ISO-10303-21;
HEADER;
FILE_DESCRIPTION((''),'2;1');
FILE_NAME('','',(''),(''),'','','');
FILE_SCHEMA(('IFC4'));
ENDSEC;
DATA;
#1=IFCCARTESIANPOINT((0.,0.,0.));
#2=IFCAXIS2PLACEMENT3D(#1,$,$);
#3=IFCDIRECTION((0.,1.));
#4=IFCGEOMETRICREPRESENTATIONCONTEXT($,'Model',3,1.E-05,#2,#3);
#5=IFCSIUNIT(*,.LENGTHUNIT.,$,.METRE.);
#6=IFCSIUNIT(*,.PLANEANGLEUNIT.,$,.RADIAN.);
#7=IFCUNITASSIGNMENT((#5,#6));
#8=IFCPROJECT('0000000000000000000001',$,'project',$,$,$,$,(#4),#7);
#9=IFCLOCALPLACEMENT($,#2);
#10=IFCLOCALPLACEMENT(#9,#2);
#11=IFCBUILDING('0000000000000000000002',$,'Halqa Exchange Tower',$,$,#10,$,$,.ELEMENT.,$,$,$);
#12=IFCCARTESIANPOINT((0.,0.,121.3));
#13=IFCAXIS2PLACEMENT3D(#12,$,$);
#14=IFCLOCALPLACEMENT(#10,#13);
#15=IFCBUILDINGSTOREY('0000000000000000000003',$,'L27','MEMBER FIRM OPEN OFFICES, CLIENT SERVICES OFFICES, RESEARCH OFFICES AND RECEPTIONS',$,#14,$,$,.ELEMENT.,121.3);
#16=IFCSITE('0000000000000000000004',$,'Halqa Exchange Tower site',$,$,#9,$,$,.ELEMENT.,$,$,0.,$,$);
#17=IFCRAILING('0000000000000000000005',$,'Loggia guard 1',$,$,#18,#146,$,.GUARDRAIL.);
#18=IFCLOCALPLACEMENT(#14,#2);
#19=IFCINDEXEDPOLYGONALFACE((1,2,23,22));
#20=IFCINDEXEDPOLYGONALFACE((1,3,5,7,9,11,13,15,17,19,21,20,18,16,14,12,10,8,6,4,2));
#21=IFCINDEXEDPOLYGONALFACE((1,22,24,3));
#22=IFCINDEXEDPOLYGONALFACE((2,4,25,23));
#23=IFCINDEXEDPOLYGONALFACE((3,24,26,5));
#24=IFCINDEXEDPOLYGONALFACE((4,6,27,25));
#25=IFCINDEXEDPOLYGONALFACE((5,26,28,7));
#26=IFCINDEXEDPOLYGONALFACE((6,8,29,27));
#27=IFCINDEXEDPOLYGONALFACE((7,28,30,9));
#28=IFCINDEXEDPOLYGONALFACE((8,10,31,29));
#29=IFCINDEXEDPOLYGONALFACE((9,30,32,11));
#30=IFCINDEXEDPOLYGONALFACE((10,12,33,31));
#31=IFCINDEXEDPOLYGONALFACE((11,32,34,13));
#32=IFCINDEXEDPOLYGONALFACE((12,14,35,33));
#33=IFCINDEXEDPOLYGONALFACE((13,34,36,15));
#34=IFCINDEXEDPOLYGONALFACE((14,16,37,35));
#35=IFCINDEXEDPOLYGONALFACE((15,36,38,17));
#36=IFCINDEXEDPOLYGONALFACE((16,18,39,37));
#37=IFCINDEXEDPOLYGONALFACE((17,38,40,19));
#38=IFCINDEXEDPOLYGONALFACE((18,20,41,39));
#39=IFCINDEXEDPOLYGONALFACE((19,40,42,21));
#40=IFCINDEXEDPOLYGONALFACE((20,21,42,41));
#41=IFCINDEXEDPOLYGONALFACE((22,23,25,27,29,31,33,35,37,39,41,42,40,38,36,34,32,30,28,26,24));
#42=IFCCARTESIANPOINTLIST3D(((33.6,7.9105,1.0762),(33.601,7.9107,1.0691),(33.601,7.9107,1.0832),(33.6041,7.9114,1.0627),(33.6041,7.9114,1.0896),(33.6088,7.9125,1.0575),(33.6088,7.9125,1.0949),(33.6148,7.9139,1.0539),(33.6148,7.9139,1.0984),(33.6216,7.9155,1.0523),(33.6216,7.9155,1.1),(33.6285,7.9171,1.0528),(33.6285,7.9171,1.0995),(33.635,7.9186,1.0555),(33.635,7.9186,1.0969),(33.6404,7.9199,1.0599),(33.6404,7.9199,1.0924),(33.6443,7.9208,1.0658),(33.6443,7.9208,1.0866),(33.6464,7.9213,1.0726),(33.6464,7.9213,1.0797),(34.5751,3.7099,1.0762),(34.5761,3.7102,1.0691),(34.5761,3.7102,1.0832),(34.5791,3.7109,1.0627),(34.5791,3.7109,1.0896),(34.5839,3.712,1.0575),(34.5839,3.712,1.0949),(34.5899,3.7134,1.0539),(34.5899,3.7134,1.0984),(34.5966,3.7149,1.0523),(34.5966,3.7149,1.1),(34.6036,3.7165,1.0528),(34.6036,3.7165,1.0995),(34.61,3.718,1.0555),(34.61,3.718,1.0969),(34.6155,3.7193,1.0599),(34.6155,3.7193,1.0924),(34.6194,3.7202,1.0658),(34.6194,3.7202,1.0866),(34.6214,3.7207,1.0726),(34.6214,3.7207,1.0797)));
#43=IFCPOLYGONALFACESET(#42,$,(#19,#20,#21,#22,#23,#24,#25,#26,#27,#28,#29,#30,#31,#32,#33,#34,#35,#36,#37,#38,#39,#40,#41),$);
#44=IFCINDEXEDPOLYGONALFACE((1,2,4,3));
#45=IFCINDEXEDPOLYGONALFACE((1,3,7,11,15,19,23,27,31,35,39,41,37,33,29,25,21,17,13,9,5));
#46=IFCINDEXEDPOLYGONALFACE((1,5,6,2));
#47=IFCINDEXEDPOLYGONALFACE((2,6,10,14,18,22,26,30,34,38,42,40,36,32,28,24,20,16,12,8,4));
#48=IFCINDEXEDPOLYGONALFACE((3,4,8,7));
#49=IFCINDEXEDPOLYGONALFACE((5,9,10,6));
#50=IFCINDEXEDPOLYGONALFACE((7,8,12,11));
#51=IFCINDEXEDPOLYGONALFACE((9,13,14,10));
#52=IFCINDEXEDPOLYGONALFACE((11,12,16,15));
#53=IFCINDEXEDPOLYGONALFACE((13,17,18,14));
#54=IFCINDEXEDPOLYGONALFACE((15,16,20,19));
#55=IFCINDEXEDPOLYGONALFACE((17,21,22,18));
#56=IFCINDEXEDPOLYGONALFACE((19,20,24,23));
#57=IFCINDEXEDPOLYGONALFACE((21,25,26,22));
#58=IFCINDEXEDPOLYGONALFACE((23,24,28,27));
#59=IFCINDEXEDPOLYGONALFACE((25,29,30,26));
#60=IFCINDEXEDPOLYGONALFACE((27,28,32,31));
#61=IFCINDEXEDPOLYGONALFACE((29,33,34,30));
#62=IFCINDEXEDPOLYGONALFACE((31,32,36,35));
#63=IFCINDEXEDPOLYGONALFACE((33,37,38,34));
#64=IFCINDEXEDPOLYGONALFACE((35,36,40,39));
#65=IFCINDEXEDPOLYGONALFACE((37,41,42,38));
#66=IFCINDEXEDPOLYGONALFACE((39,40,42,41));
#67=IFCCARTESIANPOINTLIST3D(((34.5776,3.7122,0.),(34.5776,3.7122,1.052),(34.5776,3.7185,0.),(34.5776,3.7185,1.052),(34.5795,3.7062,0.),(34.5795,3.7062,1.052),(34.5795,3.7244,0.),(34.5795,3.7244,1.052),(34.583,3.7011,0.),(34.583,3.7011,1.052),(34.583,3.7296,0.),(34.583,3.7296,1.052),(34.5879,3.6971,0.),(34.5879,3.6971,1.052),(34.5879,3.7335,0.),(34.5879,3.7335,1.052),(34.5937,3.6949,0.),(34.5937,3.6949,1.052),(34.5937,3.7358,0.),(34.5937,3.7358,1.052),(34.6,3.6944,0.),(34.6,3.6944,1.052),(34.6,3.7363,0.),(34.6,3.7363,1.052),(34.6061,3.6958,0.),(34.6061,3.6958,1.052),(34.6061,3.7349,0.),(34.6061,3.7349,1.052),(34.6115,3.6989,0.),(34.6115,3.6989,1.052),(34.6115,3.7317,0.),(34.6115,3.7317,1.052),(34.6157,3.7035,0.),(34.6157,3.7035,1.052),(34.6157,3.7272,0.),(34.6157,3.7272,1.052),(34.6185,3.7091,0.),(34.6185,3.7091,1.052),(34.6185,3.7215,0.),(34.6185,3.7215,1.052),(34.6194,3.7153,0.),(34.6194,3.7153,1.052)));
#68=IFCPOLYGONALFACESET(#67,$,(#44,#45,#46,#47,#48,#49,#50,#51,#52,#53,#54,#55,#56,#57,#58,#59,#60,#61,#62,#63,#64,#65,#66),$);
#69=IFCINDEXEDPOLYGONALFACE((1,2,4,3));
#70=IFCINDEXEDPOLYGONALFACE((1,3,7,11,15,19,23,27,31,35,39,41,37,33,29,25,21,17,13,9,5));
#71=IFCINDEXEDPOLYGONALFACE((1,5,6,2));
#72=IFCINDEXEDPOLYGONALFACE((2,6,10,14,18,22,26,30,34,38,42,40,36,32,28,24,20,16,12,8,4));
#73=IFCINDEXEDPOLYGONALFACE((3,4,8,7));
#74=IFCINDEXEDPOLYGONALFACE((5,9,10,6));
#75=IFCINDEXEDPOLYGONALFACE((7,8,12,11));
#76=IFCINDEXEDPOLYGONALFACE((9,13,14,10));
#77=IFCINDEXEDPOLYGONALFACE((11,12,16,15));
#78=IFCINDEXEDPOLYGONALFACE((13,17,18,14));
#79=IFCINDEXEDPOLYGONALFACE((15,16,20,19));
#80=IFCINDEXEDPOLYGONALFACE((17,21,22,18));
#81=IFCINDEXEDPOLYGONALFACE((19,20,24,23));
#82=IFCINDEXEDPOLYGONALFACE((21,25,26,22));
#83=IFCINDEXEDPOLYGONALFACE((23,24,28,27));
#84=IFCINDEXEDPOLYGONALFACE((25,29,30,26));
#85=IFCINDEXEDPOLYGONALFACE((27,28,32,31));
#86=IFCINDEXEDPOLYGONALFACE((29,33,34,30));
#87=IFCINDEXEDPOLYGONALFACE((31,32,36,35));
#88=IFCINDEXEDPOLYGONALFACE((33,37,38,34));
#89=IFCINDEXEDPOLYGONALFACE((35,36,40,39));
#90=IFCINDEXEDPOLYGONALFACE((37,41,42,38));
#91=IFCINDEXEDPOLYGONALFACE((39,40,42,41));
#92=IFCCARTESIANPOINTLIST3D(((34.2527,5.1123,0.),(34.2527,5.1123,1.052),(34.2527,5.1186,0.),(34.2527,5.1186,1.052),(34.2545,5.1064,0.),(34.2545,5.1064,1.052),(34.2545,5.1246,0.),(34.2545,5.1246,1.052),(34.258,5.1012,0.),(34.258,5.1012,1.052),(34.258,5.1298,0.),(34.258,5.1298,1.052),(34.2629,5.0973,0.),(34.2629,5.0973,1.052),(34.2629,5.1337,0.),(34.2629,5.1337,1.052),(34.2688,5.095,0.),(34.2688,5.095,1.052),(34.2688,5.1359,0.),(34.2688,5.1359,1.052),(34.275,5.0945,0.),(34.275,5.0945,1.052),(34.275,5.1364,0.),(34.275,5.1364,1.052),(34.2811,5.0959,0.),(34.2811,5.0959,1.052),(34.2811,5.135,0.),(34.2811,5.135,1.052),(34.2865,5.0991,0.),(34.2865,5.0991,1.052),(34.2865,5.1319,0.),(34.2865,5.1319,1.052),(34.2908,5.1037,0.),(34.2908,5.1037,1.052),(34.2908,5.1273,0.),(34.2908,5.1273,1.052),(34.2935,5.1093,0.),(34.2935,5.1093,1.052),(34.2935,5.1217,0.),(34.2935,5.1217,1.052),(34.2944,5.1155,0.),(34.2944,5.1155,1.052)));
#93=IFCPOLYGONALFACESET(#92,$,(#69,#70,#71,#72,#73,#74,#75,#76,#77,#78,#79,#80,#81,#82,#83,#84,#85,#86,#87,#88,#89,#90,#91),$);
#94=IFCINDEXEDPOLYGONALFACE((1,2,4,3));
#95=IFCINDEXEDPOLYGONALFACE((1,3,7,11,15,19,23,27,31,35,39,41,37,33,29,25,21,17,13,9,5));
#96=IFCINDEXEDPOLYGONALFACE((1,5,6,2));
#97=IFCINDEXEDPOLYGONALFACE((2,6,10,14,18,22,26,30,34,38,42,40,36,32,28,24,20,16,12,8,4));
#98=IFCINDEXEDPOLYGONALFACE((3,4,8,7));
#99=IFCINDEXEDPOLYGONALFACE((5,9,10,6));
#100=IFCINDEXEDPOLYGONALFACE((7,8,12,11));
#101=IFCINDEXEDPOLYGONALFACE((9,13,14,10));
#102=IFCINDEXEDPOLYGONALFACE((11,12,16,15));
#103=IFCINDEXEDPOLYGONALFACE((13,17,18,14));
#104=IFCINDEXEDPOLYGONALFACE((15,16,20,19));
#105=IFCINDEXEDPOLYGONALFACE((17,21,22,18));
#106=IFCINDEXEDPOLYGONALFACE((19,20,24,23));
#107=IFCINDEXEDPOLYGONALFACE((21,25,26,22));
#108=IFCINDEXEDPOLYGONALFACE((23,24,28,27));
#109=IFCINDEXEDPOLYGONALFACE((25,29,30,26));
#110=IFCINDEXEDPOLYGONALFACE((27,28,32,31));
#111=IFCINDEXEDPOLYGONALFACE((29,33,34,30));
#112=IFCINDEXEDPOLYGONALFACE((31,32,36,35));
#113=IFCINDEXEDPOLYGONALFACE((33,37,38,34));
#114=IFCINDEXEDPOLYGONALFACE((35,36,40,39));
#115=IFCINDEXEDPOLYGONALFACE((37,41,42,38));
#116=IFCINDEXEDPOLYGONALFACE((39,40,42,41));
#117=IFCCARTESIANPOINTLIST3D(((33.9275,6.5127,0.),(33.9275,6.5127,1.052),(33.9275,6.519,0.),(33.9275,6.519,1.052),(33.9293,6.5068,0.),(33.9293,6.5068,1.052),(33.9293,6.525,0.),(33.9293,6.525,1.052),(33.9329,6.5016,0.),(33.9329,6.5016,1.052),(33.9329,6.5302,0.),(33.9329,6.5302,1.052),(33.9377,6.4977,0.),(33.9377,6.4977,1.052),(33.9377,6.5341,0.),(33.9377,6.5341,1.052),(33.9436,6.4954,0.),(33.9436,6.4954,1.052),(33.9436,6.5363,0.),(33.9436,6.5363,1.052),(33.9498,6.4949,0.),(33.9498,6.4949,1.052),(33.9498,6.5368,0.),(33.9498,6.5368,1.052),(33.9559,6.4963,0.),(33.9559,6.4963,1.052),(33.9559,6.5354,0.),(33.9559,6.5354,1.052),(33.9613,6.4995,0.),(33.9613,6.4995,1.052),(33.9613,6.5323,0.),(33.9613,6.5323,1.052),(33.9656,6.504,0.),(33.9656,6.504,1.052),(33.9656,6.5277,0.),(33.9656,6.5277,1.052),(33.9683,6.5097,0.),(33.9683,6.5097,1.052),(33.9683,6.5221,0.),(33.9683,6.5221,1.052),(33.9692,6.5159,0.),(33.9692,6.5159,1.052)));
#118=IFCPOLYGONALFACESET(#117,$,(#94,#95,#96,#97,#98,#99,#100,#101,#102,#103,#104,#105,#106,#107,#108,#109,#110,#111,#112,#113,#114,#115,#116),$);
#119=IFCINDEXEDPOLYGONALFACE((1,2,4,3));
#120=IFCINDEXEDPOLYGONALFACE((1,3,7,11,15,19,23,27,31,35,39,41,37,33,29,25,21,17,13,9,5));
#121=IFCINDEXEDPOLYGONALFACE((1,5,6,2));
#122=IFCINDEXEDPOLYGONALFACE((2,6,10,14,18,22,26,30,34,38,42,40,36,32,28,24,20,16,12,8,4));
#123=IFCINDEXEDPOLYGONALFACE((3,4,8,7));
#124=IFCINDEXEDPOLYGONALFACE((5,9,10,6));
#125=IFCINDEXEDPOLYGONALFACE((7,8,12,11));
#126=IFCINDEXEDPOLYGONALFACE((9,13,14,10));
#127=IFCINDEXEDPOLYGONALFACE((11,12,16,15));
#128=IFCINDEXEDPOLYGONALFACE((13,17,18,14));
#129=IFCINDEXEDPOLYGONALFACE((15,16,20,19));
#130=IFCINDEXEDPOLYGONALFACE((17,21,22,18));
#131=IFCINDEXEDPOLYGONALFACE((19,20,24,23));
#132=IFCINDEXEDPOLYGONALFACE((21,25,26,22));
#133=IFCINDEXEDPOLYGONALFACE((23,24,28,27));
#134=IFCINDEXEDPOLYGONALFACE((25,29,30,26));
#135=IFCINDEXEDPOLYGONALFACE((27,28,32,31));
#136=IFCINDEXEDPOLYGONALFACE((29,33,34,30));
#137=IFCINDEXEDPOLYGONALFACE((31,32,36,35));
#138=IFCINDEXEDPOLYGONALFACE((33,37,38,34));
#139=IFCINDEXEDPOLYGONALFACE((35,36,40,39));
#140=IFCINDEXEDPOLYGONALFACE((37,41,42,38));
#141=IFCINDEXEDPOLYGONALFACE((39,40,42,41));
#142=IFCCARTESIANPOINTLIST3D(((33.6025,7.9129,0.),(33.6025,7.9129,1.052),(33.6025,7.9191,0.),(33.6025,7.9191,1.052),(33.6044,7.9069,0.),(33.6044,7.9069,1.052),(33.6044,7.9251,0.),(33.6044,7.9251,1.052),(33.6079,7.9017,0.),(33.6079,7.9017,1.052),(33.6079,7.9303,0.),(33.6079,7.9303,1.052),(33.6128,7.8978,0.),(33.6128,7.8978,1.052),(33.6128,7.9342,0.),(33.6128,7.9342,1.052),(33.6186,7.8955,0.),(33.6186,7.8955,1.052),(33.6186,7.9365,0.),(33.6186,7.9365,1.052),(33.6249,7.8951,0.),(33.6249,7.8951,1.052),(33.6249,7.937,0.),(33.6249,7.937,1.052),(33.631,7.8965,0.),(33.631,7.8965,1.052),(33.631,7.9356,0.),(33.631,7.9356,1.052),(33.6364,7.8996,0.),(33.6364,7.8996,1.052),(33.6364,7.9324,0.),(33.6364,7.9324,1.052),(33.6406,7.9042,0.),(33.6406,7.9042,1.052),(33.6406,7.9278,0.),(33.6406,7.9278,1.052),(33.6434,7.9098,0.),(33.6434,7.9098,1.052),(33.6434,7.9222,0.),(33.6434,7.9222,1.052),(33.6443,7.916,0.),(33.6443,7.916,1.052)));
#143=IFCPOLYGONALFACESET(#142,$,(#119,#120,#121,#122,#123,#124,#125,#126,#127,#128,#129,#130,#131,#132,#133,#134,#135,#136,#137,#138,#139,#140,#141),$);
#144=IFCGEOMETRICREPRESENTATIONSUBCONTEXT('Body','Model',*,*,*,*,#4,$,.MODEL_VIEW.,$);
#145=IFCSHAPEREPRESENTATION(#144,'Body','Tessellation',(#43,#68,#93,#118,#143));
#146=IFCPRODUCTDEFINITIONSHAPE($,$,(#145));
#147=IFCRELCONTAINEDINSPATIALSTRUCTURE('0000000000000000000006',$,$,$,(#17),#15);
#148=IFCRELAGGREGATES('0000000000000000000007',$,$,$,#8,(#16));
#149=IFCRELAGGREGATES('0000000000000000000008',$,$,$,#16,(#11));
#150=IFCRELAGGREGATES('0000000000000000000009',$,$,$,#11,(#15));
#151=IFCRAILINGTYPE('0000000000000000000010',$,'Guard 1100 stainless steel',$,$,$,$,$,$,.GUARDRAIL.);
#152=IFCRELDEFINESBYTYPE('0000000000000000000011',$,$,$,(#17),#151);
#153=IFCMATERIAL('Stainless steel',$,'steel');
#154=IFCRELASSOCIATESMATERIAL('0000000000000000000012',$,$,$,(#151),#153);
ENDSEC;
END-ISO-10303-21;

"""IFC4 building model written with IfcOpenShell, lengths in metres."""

from ifc_helpers import new_model, si_unit, direction, frame, origin, origin_2d, place, context, subcontext, project, spatial, circle, extrude, material, type_object, element, save


model = new_model("IFC4")

# Units and contexts
model_context = context("Model", 3, precision=1e-05, world=origin(), true_north=direction((0.0, 1.0)))
body_context = subcontext(model_context, "Body", "Model", "MODEL_VIEW")
ifc_project = project(units=[si_unit("LENGTHUNIT", "METRE"), si_unit("PLANEANGLEUNIT", "RADIAN")], contexts=[model_context])

# Site, building, storey
site_placement = place(None, origin())
site = spatial("IfcSite", under=ifc_project, at=site_placement, Name="Halqa Exchange Tower site", CompositionType="ELEMENT", RefElevation=0.0)
building_placement = place(site_placement, origin())
building = spatial("IfcBuilding", under=site, at=building_placement, Name="Halqa Exchange Tower", CompositionType="ELEMENT")
storey_placement = place(building_placement, frame((0.0, 0.0, 121.3)))
storey = spatial("IfcBuildingStorey", under=building, at=storey_placement, Name="L27", Description="MEMBER FIRM OPEN OFFICES, CLIENT SERVICES OFFICES, RESEARCH OFFICES AND RECEPTIONS", CompositionType="ELEMENT", Elevation=121.3)

# Railing
ifc_material_1 = material(Name="Stainless steel", Category="steel")
railing_type = type_object("IfcRailingType", Name="Guard 1100 stainless steel", PredefinedType="GUARDRAIL", material=ifc_material_1)
railing_1_placement = place(storey_placement, frame((34.5984, 3.7153, 0.0)))
element("IfcRailing", 1, at=railing_1_placement, inside=storey, type_object=railing_type, Name="Loggia guard 1", PredefinedType="GUARDRAIL", context=body_context, shape_type="SweptSolid", body=[
    extrude(circle(Radius=0.0239, at=origin_2d()), frame((0.0, 0.0, 1.0762), z_axis=(-0.226116, 0.9741, 0.0), x_axis=(-0.9741, -0.226116, 0.0)), (0.0, 0.0, 1.0), 4.3123),
    extrude(circle(Radius=0.021, at=origin_2d()), origin(), (0.0, 0.0, 1.0), 1.052),
    extrude(circle(Radius=0.021, at=origin_2d()), frame((-0.325, 1.4001, 0.0)), (0.0, 0.0, 1.0), 1.052),
    extrude(circle(Radius=0.021, at=origin_2d()), frame((-0.6501, 2.8005, 0.0)), (0.0, 0.0, 1.0), 1.052),
    extrude(circle(Radius=0.021, at=origin_2d()), frame((-0.9751, 4.2007, 0.0)), (0.0, 0.0, 1.0), 1.052),
])

save(model, "model.ifc")
